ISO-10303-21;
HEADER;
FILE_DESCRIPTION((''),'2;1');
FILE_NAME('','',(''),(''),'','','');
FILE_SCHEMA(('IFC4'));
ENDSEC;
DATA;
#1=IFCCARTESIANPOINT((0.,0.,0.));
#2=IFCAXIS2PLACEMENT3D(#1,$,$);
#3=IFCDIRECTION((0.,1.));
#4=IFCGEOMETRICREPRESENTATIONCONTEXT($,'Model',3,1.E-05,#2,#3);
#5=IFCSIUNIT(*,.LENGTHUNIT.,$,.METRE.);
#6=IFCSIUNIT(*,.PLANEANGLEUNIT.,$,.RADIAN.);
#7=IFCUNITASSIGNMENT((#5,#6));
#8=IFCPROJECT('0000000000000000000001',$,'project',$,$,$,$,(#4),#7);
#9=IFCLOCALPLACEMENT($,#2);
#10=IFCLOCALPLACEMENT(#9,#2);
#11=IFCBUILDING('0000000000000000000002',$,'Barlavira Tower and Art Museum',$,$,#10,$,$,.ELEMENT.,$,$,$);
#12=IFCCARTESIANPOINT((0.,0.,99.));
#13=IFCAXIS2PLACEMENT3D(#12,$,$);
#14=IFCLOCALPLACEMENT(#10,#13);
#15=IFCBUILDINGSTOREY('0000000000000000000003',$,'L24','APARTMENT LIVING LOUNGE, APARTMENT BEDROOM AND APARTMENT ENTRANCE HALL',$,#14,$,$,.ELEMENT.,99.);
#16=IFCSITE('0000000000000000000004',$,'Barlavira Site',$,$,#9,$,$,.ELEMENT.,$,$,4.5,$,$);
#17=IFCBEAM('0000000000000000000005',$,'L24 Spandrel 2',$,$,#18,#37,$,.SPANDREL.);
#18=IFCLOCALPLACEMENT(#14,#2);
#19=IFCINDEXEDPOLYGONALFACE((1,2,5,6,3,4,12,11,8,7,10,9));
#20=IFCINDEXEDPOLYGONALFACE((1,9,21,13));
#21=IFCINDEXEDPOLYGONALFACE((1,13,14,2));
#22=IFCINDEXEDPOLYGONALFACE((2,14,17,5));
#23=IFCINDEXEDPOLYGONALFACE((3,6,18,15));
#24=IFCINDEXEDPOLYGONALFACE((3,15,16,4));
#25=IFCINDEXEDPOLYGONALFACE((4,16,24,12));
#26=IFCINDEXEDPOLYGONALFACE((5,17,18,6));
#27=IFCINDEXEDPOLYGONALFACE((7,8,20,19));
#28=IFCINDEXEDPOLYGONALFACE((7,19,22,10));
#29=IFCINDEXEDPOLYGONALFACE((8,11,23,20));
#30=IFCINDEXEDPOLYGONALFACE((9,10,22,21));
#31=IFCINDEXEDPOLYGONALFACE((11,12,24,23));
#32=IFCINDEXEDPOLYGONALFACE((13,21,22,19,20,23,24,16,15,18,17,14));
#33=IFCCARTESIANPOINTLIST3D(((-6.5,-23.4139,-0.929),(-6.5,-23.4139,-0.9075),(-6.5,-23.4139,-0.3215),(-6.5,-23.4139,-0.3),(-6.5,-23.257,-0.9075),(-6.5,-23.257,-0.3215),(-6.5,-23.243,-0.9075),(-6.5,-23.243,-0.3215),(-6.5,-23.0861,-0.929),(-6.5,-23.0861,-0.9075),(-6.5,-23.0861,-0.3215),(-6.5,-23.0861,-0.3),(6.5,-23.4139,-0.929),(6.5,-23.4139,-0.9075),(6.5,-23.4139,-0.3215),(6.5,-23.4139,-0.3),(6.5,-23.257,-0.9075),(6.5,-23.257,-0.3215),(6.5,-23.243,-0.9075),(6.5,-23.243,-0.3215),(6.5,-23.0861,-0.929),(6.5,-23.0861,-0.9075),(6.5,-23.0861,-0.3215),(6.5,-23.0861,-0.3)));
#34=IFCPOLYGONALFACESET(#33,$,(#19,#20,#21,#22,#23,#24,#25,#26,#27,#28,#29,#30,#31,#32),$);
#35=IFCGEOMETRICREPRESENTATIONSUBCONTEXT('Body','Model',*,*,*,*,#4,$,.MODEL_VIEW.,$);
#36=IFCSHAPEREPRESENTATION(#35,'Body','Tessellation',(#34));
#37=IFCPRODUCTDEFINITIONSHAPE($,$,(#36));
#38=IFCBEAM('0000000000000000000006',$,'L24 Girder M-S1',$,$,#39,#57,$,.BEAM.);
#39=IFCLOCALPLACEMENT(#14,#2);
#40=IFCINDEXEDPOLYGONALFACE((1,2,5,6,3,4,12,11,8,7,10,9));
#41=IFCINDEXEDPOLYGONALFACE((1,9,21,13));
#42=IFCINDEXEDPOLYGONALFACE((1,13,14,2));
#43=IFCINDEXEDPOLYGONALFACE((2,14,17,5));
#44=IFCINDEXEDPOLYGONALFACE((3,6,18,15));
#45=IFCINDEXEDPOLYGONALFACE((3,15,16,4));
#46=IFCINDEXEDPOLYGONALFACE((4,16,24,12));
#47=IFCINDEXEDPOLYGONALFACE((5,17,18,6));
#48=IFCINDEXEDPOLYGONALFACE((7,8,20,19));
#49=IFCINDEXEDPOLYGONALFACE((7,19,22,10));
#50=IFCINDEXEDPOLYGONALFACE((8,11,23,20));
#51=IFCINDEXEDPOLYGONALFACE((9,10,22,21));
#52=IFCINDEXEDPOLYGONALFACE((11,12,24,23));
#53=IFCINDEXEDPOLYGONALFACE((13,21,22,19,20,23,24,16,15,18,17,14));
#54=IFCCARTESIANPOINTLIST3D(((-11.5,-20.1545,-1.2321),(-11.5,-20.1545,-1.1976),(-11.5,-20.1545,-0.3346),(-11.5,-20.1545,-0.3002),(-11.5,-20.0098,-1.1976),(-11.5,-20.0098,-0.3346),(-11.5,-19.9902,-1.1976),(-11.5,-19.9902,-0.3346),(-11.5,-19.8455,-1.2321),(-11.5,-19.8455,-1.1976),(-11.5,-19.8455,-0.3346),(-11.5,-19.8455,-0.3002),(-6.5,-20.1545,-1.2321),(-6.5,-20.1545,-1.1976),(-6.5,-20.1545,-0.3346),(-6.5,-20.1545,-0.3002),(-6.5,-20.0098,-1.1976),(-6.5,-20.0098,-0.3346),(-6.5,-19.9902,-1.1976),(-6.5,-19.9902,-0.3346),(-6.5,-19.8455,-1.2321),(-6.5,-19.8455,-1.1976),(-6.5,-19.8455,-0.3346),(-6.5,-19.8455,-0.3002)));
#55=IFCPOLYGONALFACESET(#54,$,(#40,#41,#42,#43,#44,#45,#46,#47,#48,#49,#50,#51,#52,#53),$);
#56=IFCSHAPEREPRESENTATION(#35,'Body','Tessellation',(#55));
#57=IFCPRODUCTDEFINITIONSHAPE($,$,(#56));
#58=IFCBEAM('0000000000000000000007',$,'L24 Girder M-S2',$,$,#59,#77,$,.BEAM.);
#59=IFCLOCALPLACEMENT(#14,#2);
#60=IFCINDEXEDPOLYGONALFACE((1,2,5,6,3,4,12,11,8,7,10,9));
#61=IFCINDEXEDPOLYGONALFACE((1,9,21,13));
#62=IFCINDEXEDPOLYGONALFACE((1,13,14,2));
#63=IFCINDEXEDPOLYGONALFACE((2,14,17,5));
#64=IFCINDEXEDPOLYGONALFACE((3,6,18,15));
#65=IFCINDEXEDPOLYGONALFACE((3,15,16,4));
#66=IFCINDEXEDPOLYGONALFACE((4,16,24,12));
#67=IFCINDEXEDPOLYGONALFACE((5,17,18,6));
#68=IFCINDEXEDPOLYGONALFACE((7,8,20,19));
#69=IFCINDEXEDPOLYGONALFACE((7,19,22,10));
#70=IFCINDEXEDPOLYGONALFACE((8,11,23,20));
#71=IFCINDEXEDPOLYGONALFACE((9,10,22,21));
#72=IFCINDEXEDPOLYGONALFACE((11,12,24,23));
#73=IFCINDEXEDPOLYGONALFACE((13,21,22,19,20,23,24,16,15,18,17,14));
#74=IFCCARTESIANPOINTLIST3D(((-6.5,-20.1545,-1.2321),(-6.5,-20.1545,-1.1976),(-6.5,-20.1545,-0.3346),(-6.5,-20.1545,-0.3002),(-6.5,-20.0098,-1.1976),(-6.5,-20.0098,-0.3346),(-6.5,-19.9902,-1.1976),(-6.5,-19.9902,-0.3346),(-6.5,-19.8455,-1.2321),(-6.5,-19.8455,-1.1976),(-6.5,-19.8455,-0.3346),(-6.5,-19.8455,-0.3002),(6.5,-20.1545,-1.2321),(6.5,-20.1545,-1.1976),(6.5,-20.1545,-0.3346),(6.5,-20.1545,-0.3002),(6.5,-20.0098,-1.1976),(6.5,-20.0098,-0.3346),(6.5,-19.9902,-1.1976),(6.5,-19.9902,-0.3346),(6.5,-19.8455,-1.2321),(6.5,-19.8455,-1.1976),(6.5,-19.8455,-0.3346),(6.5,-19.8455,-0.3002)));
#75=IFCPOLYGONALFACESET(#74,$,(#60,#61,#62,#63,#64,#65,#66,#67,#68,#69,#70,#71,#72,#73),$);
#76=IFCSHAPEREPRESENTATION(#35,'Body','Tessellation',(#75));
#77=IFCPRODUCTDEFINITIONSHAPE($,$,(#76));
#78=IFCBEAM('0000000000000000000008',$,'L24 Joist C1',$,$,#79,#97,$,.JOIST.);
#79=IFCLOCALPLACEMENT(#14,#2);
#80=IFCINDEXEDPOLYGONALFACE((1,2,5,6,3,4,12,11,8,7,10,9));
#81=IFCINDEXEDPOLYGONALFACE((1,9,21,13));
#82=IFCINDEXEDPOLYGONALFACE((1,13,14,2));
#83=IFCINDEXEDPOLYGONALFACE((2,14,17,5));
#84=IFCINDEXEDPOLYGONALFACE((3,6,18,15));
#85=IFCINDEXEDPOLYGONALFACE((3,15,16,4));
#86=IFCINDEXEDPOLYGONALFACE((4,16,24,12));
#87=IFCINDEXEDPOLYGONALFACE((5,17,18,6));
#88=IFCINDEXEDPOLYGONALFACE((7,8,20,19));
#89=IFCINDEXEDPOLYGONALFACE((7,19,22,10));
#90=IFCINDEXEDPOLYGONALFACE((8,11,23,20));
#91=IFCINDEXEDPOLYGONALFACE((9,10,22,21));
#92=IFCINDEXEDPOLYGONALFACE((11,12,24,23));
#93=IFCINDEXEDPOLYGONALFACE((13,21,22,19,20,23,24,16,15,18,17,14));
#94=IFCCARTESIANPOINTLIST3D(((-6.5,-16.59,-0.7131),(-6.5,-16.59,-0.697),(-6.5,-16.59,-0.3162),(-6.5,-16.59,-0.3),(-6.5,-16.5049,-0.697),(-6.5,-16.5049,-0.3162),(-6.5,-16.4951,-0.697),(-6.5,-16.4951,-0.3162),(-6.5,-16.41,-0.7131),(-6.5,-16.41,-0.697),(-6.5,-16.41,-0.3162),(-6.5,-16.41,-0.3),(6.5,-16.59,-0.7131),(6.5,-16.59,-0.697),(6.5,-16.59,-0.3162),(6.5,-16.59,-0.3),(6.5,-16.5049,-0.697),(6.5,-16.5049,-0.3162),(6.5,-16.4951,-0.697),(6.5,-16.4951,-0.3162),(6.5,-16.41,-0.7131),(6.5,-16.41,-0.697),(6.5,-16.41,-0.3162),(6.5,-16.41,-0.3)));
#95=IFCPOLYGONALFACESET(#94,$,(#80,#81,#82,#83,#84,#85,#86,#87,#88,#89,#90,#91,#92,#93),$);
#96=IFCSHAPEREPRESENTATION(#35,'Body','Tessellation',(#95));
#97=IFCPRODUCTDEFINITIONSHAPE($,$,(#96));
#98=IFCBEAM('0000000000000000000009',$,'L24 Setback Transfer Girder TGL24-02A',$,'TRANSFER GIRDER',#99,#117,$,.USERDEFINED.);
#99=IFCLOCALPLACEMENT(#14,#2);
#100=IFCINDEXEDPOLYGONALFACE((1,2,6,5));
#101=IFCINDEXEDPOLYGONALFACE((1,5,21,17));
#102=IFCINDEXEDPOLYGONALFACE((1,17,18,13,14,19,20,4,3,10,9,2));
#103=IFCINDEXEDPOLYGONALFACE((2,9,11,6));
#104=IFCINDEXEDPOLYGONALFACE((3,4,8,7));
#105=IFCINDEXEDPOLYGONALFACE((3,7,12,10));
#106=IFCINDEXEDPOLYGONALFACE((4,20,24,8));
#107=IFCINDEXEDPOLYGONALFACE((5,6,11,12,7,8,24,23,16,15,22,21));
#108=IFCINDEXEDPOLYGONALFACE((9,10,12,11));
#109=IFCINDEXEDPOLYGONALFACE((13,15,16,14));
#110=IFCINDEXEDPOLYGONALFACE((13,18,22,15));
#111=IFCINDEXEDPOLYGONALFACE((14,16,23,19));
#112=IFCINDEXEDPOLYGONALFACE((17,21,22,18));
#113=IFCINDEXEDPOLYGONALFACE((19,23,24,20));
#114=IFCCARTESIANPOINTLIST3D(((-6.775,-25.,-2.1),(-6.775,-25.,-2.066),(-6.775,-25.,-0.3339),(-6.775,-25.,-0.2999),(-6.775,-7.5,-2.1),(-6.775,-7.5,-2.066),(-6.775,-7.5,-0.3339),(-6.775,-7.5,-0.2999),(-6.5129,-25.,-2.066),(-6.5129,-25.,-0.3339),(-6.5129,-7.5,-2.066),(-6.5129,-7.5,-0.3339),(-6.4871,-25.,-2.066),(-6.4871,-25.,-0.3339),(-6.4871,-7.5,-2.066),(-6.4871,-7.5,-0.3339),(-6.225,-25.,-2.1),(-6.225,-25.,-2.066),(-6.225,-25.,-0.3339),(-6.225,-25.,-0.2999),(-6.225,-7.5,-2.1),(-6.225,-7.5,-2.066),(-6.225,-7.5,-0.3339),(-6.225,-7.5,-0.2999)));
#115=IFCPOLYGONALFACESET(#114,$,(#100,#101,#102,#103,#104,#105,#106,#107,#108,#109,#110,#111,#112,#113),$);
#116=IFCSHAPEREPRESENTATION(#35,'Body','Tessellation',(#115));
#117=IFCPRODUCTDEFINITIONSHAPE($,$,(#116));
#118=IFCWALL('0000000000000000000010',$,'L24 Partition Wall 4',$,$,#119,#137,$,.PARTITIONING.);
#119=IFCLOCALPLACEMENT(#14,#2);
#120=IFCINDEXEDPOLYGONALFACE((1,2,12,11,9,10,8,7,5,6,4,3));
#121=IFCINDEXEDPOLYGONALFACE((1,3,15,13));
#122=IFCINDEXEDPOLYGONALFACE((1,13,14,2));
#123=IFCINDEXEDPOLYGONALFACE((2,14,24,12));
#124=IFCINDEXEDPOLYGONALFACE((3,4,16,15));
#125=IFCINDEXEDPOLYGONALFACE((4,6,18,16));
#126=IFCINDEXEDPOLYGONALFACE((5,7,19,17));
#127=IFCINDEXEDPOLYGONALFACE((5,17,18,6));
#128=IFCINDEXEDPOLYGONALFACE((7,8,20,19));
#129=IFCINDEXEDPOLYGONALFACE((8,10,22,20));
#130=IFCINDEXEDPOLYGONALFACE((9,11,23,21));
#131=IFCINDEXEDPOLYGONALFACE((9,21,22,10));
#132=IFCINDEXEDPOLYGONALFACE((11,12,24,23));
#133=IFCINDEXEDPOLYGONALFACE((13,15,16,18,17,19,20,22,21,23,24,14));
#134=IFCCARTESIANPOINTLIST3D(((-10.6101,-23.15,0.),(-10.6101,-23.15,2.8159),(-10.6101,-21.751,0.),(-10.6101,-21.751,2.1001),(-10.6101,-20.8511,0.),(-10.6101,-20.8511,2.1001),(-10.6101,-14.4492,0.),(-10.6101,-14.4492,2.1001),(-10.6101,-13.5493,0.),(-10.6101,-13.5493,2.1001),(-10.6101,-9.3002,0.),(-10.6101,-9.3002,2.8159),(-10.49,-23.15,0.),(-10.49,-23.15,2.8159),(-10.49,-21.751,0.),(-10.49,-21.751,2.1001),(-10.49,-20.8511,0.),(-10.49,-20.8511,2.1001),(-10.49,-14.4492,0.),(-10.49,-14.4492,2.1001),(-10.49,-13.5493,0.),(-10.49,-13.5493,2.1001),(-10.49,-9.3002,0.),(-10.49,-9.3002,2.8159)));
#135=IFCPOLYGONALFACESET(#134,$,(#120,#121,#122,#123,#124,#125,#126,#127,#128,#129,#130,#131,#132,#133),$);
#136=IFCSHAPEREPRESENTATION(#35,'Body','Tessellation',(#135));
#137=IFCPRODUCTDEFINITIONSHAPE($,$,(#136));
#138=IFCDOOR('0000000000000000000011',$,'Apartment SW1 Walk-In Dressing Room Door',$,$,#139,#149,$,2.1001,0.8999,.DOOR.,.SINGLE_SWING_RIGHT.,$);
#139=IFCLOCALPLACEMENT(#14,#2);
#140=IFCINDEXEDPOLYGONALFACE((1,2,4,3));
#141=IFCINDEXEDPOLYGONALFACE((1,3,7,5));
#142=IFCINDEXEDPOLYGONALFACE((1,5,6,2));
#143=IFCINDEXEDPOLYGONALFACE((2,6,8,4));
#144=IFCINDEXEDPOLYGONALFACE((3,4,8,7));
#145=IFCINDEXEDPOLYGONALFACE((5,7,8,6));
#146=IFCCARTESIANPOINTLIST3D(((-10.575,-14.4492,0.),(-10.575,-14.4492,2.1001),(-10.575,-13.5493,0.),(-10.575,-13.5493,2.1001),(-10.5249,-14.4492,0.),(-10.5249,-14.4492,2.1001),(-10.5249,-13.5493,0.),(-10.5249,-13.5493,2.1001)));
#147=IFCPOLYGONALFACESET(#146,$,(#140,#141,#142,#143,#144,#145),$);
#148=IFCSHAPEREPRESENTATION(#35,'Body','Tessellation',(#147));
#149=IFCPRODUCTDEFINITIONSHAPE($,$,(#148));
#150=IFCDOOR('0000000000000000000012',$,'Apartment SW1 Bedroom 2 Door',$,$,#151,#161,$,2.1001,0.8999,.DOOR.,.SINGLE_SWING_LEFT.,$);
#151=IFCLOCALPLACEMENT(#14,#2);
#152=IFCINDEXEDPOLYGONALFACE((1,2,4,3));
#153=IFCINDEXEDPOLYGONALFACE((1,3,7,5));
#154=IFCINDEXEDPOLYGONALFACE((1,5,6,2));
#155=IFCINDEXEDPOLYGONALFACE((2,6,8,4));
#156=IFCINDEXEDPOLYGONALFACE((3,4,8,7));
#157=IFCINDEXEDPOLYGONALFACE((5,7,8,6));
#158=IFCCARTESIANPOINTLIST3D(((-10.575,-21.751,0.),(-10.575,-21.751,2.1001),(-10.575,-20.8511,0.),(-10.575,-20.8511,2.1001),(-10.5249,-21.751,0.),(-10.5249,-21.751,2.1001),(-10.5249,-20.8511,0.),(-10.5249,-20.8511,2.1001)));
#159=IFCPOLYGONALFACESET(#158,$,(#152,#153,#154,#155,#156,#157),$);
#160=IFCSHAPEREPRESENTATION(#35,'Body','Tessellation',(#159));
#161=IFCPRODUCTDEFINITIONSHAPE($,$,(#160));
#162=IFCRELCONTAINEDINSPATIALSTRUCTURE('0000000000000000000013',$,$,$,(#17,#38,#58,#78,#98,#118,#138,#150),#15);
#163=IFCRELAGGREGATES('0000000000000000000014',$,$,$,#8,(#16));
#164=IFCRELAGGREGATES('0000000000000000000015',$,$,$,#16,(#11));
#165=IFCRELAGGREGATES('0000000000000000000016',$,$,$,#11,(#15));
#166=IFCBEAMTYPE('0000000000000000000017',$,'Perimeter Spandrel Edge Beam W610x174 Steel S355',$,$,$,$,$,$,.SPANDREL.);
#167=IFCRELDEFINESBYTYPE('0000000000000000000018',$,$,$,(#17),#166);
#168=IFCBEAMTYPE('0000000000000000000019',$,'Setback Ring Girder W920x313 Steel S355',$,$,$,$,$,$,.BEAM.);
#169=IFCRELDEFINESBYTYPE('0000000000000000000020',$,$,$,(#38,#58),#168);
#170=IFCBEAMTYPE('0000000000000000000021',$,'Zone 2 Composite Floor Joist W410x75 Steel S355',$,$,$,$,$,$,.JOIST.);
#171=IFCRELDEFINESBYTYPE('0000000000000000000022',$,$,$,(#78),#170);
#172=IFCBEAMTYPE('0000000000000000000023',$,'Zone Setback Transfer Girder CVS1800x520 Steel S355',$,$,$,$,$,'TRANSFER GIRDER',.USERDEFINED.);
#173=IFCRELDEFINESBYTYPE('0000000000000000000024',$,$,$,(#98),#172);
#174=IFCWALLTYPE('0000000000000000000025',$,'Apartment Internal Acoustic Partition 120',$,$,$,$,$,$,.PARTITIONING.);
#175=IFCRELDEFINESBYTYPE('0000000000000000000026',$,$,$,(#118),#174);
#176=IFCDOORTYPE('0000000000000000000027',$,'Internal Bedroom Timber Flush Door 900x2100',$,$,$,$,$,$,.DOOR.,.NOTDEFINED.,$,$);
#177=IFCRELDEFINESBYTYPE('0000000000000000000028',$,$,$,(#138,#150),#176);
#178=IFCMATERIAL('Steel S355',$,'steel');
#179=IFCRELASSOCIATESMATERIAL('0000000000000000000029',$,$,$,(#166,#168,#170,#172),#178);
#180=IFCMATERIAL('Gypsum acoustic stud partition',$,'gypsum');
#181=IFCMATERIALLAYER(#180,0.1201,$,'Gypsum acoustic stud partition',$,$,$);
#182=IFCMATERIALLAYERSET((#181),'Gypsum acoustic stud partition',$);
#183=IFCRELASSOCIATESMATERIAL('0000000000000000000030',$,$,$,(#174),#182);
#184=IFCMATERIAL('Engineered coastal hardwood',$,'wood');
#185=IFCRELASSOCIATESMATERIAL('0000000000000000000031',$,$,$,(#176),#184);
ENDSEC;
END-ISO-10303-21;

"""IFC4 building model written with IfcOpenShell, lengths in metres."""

from ifc_helpers import new_model, si_unit, direction, frame, frame_2d, origin, origin_2d, place, context, subcontext, project, spatial, rectangle, i_section, extrude, material, layer, layer_set, material_profile, profile_set, type_object, element, fill, save


model = new_model("IFC4")

# Units and contexts
model_context = context("Model", 3, precision=1e-05, world=origin(), true_north=direction((0.0, 1.0)))
body_context = subcontext(model_context, "Body", "Model", "MODEL_VIEW")
ifc_project = project(units=[si_unit("LENGTHUNIT", "METRE"), si_unit("PLANEANGLEUNIT", "RADIAN")], contexts=[model_context])

# Site, building, storey
site_placement = place(None, origin())
site = spatial("IfcSite", under=ifc_project, at=site_placement, Name="Barlavira Site", CompositionType="ELEMENT", RefElevation=4.5)
building_placement = place(site_placement, origin())
building = spatial("IfcBuilding", under=site, at=building_placement, Name="Barlavira Tower and Art Museum", CompositionType="ELEMENT")
storey_placement = place(building_placement, frame((0.0, 0.0, 99.0)))
storey = spatial("IfcBuildingStorey", under=building, at=storey_placement, Name="L24", Description="APARTMENT LIVING LOUNGE, APARTMENT BEDROOM AND APARTMENT ENTRANCE HALL", CompositionType="ELEMENT", Elevation=99.0)

# Shared definitions
ifc_material_1 = material(Name="Steel S355", Category="steel")

# Beams
ifc_material_profile_1 = material_profile(ifc_material_1, i_section(OverallWidth=0.3279, OverallDepth=0.6289, WebThickness=0.0139, FlangeThickness=0.0215, at=origin_2d()), Name="W610x174.0")
ifc_profile_set_1 = profile_set([ifc_material_profile_1], Name="Steel S355")
beam_type_1 = type_object("IfcBeamType", Name="Perimeter Spandrel Edge Beam W610x174 Steel S355", PredefinedType="SPANDREL", material=ifc_profile_set_1)
beam_1_placement = place(storey_placement, frame((-6.5, -23.25, -0.6145), z_axis=(1.0, 0.0, 0.0), x_axis=(0.0, 1.0, 0.0)))
element("IfcBeam", 1, at=beam_1_placement, inside=storey, type_object=beam_type_1, Name="L24 Spandrel 2", PredefinedType="SPANDREL", context=body_context, shape_type="SweptSolid", body=[
    extrude(i_section(OverallWidth=0.3279, OverallDepth=0.6289, WebThickness=0.0139, FlangeThickness=0.0215, at=origin_2d()), origin(), (0.0, 0.0, 1.0), 13.0),
])
ifc_material_profile_2 = material_profile(ifc_material_1, i_section(OverallWidth=0.3091, OverallDepth=0.9319, WebThickness=0.0195, FlangeThickness=0.0344, at=origin_2d()), Name="W920x313.0")
ifc_profile_set_2 = profile_set([ifc_material_profile_2], Name="Steel S355")
beam_type_2 = type_object("IfcBeamType", Name="Setback Ring Girder W920x313 Steel S355", PredefinedType="BEAM", material=ifc_profile_set_2)
beam_2_placement = place(storey_placement, frame((-11.5, -20.0, -0.7661), z_axis=(1.0, 0.0, 0.0), x_axis=(0.0, 1.0, 0.0)))
element("IfcBeam", 2, at=beam_2_placement, inside=storey, type_object=beam_type_2, Name="L24 Girder M-S1", PredefinedType="BEAM", context=body_context, shape_type="SweptSolid", body=[
    extrude(i_section(OverallWidth=0.3091, OverallDepth=0.9319, WebThickness=0.0195, FlangeThickness=0.0344, at=origin_2d()), origin(), (0.0, 0.0, 1.0), 5.0),
])
beam_3_placement = place(storey_placement, frame((-6.5, -20.0, -0.7661), z_axis=(1.0, 0.0, 0.0), x_axis=(0.0, 1.0, 0.0)))
element("IfcBeam", 3, at=beam_3_placement, inside=storey, type_object=beam_type_2, Name="L24 Girder M-S2", PredefinedType="BEAM", context=body_context, shape_type="SweptSolid", body=[
    extrude(i_section(OverallWidth=0.3091, OverallDepth=0.9319, WebThickness=0.0195, FlangeThickness=0.0344, at=origin_2d()), origin(), (0.0, 0.0, 1.0), 13.0),
])
ifc_material_profile_3 = material_profile(ifc_material_1, i_section(OverallWidth=0.1799, OverallDepth=0.4131, WebThickness=0.0098, FlangeThickness=0.0161, at=origin_2d()), Name="W410x75.0")
ifc_profile_set_3 = profile_set([ifc_material_profile_3], Name="Steel S355")
beam_type_3 = type_object("IfcBeamType", Name="Zone 2 Composite Floor Joist W410x75 Steel S355", PredefinedType="JOIST", material=ifc_profile_set_3)
beam_4_placement = place(storey_placement, frame((-6.5, -16.5, -0.5066), z_axis=(1.0, 0.0, 0.0), x_axis=(0.0, 1.0, 0.0)))
element("IfcBeam", 4, at=beam_4_placement, inside=storey, type_object=beam_type_3, Name="L24 Joist C1", PredefinedType="JOIST", context=body_context, shape_type="SweptSolid", body=[
    extrude(i_section(OverallWidth=0.1799, OverallDepth=0.4131, WebThickness=0.0098, FlangeThickness=0.0161, at=origin_2d()), origin(), (0.0, 0.0, 1.0), 13.0),
])
ifc_material_profile_4 = material_profile(ifc_material_1, i_section(OverallWidth=0.55, OverallDepth=1.8, WebThickness=0.0259, FlangeThickness=0.0339, at=origin_2d()), Name="CVS1800x520")
ifc_profile_set_4 = profile_set([ifc_material_profile_4], Name="Steel S355")
beam_type_4 = type_object("IfcBeamType", Name="Zone Setback Transfer Girder CVS1800x520 Steel S355", ElementType="TRANSFER GIRDER", PredefinedType="USERDEFINED", material=ifc_profile_set_4)
beam_5_placement = place(storey_placement, frame((-6.5, -25.0, -1.2), z_axis=(0.0, 1.0, 0.0), x_axis=(-1.0, 0.0, 0.0)))
element("IfcBeam", 5, at=beam_5_placement, inside=storey, type_object=beam_type_4, Name="L24 Setback Transfer Girder TGL24-02A", ObjectType="TRANSFER GIRDER", PredefinedType="USERDEFINED", context=body_context, shape_type="SweptSolid", body=[
    extrude(i_section(OverallWidth=0.55, OverallDepth=1.8, WebThickness=0.0259, FlangeThickness=0.0339, at=origin_2d()), origin(), (0.0, 0.0, 1.0), 17.5),
])

# Wall, openings, doors
ifc_material_2 = material(Name="Gypsum acoustic stud partition", Category="gypsum")
ifc_layer_1 = layer(ifc_material_2, 0.1201, Name="Gypsum acoustic stud partition")
ifc_layer_set_1 = layer_set([ifc_layer_1], Name="Gypsum acoustic stud partition")
wall_type_1 = type_object("IfcWallType", Name="Apartment Internal Acoustic Partition 120", PredefinedType="PARTITIONING", material=ifc_layer_set_1)
wall_1_placement = place(storey_placement, frame((-10.55, -23.1499, 0.0), z_axis=(0.0, 0.0, 1.0), x_axis=(0.0, 1.0, 0.0)))
wall_1 = element("IfcWall", 6, at=wall_1_placement, inside=storey, type_object=wall_type_1, Name="L24 Partition Wall 4", PredefinedType="PARTITIONING", context=body_context, shape_type="SweptSolid", body=[
    extrude(rectangle(XDim=13.8499, YDim=0.1201, at=frame_2d((6.9248, 0.0))), origin(), (0.0, 0.0, 1.0), 2.8159),
])
opening_1_placement = place(wall_1_placement, frame((8.7007, 0.0, 0.0)))
opening_1 = element("IfcOpeningElement", 7, at=opening_1_placement, cuts=wall_1, PredefinedType="OPENING", context=body_context, shape_type="SweptSolid", body=[
    extrude(rectangle(XDim=0.8999, YDim=2.1001, at=frame_2d((0.45, 1.05))), frame((0.0, 0.0701, 0.0), z_axis=(0.0, -1.0, 0.0), x_axis=(1.0, 0.0, 0.0)), (0.0, 0.0, 1.0), 0.1401),
])
opening_2_placement = place(wall_1_placement, frame((1.3989, 0.0, 0.0)))
opening_2 = element("IfcOpeningElement", 8, at=opening_2_placement, cuts=wall_1, PredefinedType="OPENING", context=body_context, shape_type="SweptSolid", body=[
    extrude(rectangle(XDim=0.8999, YDim=2.1001, at=frame_2d((0.45, 1.05))), frame((0.0, 0.0701, 0.0), z_axis=(0.0, -1.0, 0.0), x_axis=(1.0, 0.0, 0.0)), (0.0, 0.0, 1.0), 0.1401),
])
ifc_material_3 = material(Name="Engineered coastal hardwood", Category="wood")
door_type_1 = type_object("IfcDoorType", Name="Internal Bedroom Timber Flush Door 900x2100", OperationType="NOTDEFINED", PredefinedType="DOOR", material=ifc_material_3)
door_1_placement = place(opening_1_placement, origin())
door_1 = element("IfcDoor", 9, at=door_1_placement, inside=storey, type_object=door_type_1, Name="Apartment SW1 Walk-In Dressing Room Door", OperationType="SINGLE_SWING_RIGHT", OverallHeight=2.1001, OverallWidth=0.8999, PredefinedType="DOOR", context=body_context, shape_type="SweptSolid", body=[
    extrude(rectangle(XDim=0.8999, YDim=2.1001, at=frame_2d((0.45, 1.05))), frame((0.0, 0.0249, 0.0), z_axis=(0.0, -1.0, 0.0), x_axis=(1.0, 0.0, 0.0)), (0.0, 0.0, 1.0), 0.05),
])
fill(opening_1, door_1)
door_2_placement = place(opening_2_placement, origin())
door_2 = element("IfcDoor", 10, at=door_2_placement, inside=storey, type_object=door_type_1, Name="Apartment SW1 Bedroom 2 Door", OperationType="SINGLE_SWING_LEFT", OverallHeight=2.1001, OverallWidth=0.8999, PredefinedType="DOOR", context=body_context, shape_type="SweptSolid", body=[
    extrude(rectangle(XDim=0.8999, YDim=2.1001, at=frame_2d((0.45, 1.05))), frame((0.0, 0.0249, 0.0), z_axis=(0.0, -1.0, 0.0), x_axis=(1.0, 0.0, 0.0)), (0.0, 0.0, 1.0), 0.05),
])
fill(opening_2, door_2)

save(model, "model.ifc")
